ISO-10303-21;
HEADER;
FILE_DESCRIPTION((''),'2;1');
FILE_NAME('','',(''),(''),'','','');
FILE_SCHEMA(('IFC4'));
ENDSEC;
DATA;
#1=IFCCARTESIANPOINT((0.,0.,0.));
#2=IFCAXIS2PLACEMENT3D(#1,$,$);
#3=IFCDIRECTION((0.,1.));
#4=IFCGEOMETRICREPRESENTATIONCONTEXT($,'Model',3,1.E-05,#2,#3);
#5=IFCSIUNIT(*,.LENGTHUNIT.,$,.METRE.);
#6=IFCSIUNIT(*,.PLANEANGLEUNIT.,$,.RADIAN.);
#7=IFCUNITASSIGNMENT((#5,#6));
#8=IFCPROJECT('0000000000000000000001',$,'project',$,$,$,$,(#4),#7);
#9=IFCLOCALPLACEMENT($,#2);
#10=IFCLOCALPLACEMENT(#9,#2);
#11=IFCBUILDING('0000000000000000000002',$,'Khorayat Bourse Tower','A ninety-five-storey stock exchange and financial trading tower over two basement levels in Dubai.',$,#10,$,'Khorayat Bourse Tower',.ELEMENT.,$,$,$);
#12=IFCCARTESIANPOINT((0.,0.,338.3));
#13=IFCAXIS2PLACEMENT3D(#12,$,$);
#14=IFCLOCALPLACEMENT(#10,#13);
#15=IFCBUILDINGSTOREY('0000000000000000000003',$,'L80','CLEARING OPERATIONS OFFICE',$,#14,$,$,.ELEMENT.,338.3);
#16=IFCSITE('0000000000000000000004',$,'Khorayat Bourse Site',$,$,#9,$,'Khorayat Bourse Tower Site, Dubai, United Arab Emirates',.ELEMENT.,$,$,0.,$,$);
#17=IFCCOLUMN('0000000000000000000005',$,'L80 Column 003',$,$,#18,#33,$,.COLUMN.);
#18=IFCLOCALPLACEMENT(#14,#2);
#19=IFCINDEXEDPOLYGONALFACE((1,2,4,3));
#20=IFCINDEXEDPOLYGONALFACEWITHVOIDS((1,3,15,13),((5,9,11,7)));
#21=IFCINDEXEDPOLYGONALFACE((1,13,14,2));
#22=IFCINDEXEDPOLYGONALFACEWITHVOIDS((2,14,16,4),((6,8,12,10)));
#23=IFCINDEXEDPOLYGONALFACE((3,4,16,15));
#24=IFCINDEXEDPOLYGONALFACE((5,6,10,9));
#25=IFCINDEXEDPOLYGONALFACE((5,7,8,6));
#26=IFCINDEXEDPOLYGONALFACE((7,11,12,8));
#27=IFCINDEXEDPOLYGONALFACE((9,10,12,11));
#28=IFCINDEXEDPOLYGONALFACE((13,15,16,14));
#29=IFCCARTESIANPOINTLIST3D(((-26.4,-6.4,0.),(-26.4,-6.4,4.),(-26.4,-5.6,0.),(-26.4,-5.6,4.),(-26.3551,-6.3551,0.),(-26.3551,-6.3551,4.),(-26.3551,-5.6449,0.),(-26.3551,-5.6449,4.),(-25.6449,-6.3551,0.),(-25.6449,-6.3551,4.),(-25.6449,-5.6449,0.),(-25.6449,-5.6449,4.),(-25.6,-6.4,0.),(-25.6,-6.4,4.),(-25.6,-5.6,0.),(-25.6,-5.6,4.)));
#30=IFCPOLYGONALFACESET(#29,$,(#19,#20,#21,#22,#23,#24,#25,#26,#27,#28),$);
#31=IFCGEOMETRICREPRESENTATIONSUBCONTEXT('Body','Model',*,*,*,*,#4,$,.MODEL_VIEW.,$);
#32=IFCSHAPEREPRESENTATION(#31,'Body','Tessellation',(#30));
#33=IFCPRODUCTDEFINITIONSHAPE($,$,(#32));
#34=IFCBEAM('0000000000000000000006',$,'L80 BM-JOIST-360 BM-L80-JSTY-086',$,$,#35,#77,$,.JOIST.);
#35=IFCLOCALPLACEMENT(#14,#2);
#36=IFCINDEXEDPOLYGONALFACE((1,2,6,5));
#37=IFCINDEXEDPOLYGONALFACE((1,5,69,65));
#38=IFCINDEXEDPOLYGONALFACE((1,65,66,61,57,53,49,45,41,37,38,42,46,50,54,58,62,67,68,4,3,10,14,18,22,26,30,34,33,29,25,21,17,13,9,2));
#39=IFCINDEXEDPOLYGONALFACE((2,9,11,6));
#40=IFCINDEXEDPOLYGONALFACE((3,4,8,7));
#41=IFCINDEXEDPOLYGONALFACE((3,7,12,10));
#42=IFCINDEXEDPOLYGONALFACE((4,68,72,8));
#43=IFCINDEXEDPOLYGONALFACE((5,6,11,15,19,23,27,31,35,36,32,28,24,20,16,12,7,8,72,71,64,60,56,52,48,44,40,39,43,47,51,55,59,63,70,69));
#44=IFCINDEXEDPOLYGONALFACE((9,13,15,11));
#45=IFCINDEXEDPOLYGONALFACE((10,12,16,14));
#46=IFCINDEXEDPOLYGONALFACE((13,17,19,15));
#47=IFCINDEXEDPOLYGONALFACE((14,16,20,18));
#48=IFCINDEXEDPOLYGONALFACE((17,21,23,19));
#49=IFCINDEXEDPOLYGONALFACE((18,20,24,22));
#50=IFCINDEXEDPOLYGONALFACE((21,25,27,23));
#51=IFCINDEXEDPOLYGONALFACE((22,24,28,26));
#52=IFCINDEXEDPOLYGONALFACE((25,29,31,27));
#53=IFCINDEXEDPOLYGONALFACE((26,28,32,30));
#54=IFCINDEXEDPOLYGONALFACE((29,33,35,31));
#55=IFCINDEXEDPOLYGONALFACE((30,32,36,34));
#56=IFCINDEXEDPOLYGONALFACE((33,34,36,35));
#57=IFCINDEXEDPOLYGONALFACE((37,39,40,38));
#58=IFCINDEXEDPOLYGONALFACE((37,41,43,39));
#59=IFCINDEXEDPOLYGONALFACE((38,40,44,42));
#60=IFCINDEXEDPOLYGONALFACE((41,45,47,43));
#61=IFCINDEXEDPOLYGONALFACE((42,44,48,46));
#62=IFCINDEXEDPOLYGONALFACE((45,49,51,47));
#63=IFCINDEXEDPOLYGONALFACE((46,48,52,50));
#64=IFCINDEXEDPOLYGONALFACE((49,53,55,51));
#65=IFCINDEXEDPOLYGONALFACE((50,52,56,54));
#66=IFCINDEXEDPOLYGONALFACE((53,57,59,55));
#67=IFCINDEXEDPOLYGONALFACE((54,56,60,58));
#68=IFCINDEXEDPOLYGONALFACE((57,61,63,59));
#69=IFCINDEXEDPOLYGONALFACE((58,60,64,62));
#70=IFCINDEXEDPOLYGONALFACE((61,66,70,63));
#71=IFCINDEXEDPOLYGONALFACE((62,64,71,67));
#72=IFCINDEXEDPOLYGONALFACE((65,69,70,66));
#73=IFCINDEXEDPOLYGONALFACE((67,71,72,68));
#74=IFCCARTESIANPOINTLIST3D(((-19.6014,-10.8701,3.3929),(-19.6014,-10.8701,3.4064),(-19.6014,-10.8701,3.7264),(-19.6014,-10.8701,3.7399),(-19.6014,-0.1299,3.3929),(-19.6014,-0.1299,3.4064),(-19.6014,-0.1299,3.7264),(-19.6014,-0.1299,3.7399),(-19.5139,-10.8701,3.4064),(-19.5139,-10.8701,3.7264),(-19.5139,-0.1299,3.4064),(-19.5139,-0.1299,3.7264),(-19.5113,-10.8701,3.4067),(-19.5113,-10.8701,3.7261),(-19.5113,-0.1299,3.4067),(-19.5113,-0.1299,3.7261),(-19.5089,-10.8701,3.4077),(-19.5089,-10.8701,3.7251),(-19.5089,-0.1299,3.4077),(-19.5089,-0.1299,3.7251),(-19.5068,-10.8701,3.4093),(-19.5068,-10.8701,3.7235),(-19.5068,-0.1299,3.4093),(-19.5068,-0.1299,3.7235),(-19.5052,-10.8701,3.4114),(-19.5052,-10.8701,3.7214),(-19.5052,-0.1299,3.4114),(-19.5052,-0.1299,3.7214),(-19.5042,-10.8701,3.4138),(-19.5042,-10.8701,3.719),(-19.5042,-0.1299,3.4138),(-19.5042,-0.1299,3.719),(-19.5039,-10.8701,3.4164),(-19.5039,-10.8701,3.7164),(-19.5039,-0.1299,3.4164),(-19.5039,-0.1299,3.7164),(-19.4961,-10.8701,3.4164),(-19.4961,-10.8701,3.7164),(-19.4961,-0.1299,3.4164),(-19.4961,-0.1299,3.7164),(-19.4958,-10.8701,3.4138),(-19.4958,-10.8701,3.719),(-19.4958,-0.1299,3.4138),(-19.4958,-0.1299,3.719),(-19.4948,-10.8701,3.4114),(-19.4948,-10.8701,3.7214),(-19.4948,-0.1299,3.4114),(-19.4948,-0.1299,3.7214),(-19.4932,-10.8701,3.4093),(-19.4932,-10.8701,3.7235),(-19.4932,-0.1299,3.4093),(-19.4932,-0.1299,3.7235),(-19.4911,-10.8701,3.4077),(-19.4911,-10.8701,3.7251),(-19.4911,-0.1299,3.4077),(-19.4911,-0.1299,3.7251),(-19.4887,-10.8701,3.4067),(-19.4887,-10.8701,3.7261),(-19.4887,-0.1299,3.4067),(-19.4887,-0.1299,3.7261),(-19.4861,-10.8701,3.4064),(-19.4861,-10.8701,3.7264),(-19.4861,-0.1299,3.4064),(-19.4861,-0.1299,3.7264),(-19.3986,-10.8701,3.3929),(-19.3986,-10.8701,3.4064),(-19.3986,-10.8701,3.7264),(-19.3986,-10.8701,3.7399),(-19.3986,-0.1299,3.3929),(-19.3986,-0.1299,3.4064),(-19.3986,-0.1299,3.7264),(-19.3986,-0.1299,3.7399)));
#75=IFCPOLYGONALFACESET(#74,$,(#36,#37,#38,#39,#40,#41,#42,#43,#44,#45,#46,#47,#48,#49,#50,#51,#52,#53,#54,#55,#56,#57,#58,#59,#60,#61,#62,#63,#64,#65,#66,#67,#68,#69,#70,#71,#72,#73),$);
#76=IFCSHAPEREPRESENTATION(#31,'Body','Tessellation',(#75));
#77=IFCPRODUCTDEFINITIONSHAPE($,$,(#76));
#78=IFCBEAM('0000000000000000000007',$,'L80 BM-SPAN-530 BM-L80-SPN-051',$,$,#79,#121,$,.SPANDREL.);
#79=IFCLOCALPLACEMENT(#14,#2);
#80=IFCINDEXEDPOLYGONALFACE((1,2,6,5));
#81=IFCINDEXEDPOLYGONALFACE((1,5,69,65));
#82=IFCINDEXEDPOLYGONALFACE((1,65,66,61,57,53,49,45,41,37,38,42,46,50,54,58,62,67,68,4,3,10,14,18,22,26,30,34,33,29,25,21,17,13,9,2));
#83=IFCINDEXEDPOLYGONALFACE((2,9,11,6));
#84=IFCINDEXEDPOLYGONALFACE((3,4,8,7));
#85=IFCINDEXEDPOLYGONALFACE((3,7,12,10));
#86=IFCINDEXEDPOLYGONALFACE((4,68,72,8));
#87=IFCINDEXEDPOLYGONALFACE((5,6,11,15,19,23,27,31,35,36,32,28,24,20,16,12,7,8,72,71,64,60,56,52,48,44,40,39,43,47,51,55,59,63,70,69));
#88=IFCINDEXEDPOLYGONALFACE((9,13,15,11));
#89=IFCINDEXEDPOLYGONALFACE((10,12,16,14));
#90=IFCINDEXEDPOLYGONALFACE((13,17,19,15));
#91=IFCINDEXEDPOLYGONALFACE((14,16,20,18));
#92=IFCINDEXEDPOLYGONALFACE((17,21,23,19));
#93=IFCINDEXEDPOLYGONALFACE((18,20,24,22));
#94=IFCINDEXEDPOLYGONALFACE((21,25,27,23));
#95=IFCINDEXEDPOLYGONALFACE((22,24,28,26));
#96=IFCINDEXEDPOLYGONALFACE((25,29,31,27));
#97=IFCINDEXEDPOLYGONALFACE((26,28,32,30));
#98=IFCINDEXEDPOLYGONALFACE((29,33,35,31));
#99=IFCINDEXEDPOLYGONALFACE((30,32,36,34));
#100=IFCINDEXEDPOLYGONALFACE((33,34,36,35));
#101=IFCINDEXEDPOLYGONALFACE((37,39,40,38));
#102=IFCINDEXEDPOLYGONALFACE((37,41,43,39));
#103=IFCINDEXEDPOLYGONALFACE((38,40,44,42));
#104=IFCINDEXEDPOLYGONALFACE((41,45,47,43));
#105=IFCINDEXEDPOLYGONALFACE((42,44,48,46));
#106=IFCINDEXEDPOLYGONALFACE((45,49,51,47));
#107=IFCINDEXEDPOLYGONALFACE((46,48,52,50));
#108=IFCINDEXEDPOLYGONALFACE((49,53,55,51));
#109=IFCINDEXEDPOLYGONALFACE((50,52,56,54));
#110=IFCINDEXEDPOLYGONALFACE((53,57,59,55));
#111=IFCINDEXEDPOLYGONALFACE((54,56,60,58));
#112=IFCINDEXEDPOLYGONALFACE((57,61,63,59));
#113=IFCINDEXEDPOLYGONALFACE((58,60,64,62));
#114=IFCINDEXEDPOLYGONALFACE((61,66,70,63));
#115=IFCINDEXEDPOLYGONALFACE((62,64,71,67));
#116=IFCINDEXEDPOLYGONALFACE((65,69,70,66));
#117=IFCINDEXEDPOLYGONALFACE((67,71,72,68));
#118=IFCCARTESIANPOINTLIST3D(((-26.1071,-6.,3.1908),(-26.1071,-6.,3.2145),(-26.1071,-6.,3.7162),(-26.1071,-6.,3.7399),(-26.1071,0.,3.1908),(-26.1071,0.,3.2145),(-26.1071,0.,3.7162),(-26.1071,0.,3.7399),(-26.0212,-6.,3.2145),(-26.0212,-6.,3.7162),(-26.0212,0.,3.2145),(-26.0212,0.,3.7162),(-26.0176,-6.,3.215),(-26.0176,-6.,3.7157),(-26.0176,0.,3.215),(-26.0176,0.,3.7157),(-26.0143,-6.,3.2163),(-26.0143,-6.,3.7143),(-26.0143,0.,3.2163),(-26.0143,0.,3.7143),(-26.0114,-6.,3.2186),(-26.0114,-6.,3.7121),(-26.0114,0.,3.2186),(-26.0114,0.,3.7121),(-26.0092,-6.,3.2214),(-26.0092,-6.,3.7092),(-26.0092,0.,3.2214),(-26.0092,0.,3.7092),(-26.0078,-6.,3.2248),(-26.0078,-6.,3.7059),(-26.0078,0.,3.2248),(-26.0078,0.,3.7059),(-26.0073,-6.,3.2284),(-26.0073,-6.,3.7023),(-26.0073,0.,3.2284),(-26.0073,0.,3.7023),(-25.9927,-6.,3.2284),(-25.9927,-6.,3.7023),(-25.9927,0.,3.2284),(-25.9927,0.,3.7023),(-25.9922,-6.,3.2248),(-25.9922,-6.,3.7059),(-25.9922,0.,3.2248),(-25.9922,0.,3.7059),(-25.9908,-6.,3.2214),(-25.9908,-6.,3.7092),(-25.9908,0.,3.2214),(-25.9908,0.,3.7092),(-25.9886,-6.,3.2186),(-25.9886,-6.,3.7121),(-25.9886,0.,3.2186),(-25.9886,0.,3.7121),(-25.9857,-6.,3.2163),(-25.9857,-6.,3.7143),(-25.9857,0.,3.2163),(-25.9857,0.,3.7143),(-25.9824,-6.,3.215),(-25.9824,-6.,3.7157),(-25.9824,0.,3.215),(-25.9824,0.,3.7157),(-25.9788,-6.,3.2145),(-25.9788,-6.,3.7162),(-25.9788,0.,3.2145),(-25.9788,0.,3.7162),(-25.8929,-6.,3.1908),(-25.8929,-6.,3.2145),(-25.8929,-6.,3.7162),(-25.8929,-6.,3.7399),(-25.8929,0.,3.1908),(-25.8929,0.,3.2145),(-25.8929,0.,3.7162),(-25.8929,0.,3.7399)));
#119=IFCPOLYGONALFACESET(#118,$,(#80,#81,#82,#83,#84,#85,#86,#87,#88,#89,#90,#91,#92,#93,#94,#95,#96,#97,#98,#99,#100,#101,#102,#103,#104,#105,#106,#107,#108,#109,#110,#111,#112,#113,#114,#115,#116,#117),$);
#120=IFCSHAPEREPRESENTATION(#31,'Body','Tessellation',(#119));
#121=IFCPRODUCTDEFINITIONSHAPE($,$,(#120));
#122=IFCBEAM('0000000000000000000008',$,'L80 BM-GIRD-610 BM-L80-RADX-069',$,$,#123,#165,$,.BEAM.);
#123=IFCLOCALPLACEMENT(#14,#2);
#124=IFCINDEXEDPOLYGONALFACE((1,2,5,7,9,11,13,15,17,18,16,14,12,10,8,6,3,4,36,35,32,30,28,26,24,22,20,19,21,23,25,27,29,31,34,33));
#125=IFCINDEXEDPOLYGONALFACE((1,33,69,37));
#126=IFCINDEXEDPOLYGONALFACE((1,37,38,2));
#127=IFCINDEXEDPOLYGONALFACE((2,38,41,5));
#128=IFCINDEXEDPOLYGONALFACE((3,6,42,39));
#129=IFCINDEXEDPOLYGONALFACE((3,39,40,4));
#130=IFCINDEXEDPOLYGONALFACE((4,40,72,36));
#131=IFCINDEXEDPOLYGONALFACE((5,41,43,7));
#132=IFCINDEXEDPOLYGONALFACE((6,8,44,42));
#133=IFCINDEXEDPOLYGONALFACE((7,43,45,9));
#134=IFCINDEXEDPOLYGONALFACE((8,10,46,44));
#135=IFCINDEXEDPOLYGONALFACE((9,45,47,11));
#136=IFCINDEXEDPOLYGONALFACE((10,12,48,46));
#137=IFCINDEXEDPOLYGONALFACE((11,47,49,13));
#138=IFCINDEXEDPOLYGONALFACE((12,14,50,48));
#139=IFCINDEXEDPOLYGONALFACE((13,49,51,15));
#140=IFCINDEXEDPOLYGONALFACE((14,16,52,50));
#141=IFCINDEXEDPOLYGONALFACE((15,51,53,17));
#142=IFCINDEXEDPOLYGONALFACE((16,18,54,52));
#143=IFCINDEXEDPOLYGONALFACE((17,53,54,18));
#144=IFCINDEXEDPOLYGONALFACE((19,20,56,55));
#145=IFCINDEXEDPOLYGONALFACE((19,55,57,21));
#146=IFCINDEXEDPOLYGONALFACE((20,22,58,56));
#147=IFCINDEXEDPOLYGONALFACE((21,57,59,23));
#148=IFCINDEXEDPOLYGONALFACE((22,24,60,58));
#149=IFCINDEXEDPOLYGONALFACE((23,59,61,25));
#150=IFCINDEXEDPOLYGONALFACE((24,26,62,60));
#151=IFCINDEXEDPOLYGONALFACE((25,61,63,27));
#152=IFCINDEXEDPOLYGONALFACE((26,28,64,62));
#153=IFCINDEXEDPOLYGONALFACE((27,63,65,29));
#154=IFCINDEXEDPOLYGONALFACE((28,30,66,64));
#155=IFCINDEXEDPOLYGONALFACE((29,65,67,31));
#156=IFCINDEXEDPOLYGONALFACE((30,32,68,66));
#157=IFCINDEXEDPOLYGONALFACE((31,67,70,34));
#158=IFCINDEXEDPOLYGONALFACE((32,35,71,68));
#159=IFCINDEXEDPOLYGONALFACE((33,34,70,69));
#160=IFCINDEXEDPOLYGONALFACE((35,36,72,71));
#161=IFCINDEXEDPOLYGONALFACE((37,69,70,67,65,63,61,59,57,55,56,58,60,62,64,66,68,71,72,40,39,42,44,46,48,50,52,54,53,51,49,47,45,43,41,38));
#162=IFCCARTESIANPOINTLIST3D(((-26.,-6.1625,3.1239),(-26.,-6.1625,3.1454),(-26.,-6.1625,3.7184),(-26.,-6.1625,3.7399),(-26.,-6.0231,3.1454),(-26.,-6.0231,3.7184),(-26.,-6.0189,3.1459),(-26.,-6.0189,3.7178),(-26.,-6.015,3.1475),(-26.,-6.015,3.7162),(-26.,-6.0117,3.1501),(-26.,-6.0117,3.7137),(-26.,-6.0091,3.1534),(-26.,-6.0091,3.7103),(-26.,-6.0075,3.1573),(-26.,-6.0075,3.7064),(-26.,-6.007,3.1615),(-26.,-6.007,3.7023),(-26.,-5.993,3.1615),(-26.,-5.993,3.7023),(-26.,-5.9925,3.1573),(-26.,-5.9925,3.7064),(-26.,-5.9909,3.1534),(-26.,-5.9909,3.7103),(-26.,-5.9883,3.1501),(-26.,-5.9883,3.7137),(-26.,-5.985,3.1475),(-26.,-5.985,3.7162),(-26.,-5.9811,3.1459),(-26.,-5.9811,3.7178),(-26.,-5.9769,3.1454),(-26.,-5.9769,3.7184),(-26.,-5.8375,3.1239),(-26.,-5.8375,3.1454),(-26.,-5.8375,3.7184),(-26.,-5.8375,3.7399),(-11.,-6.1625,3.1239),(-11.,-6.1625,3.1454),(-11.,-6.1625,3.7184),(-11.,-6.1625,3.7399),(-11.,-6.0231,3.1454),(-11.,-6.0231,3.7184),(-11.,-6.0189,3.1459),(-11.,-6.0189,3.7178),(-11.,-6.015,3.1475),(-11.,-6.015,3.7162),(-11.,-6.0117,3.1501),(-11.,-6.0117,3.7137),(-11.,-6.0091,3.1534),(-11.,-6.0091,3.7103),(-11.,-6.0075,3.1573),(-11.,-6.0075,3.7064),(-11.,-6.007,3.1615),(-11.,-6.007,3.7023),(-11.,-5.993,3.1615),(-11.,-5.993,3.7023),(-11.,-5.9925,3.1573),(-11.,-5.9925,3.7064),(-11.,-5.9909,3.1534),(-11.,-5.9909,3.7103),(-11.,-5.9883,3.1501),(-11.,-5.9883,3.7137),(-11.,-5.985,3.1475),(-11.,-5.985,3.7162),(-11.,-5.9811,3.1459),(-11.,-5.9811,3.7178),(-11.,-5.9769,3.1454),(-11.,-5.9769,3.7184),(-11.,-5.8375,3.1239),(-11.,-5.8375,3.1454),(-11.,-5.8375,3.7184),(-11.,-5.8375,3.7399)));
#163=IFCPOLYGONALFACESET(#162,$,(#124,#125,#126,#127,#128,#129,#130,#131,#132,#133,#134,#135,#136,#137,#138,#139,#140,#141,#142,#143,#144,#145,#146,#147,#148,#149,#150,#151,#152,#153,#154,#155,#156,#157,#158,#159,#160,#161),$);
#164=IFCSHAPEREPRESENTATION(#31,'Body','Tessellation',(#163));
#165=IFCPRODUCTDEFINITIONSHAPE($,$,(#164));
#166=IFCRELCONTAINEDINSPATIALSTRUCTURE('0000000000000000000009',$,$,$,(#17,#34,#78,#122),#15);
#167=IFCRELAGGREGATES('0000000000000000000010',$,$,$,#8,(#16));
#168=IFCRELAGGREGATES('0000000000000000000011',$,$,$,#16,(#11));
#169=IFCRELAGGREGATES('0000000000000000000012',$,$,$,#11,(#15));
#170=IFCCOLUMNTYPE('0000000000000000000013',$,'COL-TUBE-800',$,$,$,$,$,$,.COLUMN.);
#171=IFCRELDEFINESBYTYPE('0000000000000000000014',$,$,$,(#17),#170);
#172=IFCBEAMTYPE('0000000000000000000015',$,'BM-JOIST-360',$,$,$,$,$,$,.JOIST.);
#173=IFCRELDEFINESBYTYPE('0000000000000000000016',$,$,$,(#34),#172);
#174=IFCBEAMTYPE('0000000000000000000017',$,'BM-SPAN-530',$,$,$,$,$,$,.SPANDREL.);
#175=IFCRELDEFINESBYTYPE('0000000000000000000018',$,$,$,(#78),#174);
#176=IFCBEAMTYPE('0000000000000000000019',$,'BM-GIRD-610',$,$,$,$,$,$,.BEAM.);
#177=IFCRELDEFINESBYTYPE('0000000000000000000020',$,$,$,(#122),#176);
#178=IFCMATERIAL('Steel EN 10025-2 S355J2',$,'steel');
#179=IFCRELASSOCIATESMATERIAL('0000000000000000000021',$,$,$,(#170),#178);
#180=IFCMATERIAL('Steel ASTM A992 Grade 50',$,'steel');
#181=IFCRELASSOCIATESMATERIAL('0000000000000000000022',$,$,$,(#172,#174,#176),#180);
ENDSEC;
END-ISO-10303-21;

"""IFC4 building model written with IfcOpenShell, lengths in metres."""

from ifc_helpers import new_model, si_unit, direction, frame, origin, origin_2d, place, context, subcontext, project, spatial, hollow_rectangle, i_section, extrude, source, transform, mapped, material, material_profile, profile_set, type_object, element, save


model = new_model("IFC4")

# Units and contexts
model_context = context("Model", 3, precision=1e-05, world=origin(), true_north=direction((0.0, 1.0)))
body_context = subcontext(model_context, "Body", "Model", "MODEL_VIEW")
ifc_project = project(units=[si_unit("LENGTHUNIT", "METRE"), si_unit("PLANEANGLEUNIT", "RADIAN")], contexts=[model_context])

# Site, building, storey
site_placement = place(None, origin())
site = spatial("IfcSite", under=ifc_project, at=site_placement, Name="Khorayat Bourse Site", LongName="Khorayat Bourse Tower Site, Dubai, United Arab Emirates", CompositionType="ELEMENT", RefElevation=0.0)
building_placement = place(site_placement, origin())
building = spatial("IfcBuilding", under=site, at=building_placement, Name="Khorayat Bourse Tower", Description="A ninety-five-storey stock exchange and financial trading tower over two basement levels in Dubai.", LongName="Khorayat Bourse Tower", CompositionType="ELEMENT")
storey_placement = place(building_placement, frame((0.0, 0.0, 338.3)))
storey = spatial("IfcBuildingStorey", under=building, at=storey_placement, Name="L80", Description="CLEARING OPERATIONS OFFICE", CompositionType="ELEMENT", Elevation=338.3)

# Column
ifc_material_1 = material(Name="Steel EN 10025-2 S355J2", Category="steel")
ifc_material_profile_1 = material_profile(ifc_material_1, hollow_rectangle(XDim=0.8, YDim=0.8, WallThickness=0.0449, at=origin_2d()), Name="BOX 800x800x45")
ifc_profile_set_1 = profile_set([ifc_material_profile_1], Name="Steel EN 10025-2 S355J2")
column_type = type_object("IfcColumnType", Name="COL-TUBE-800", PredefinedType="COLUMN", material=ifc_profile_set_1)
shared_shape_1 = source(origin(), body_context, "Body", "SweptSolid", [
    extrude(hollow_rectangle(XDim=0.8, YDim=0.8, WallThickness=0.0449, at=origin_2d()), origin(), (0.0, 0.0, 1.0), 4.0),
])
column_placement = place(storey_placement, frame((-26.0, -6.0, 0.0), z_axis=(0.0, 0.0, 1.0), x_axis=(1.0, 0.0, 0.0)))
element("IfcColumn", 1, at=column_placement, inside=storey, type_object=column_type, Name="L80 Column 003", PredefinedType="COLUMN", context=body_context, shape_type="MappedRepresentation", body=[
    mapped(shared_shape_1, transform((0.0, 0.0, 0.0), scale=1.0)),
])

# Beams
ifc_material_2 = material(Name="Steel ASTM A992 Grade 50", Category="steel")
ifc_material_profile_2 = material_profile(ifc_material_2, i_section(OverallWidth=0.2029, OverallDepth=0.3469, WebThickness=0.0078, FlangeThickness=0.0134, FilletRadius=0.01, at=origin_2d()), Name="W360X64")
ifc_profile_set_2 = profile_set([ifc_material_profile_2], Name="Steel ASTM A992 Grade 50")
beam_type_1 = type_object("IfcBeamType", Name="BM-JOIST-360", PredefinedType="JOIST", material=ifc_profile_set_2)
shared_shape_2 = source(origin(), body_context, "Body", "SweptSolid", [
    extrude(i_section(OverallWidth=0.2029, OverallDepth=0.3469, WebThickness=0.0078, FlangeThickness=0.0134, FilletRadius=0.01, at=origin_2d()), origin(), (0.0, 0.0, 1.0), 10.7402),
])
beam_1_placement = place(storey_placement, frame((-19.5, -10.8701, 3.5664), z_axis=(0.0, 1.0, 0.0), x_axis=(-1.0, 0.0, 0.0)))
element("IfcBeam", 2, at=beam_1_placement, inside=storey, type_object=beam_type_1, Name="L80 BM-JOIST-360 BM-L80-JSTY-086", PredefinedType="JOIST", context=body_context, shape_type="MappedRepresentation", body=[
    mapped(shared_shape_2, transform((0.0, 0.0, 0.0), scale=1.0)),
])
ifc_material_profile_3 = material_profile(ifc_material_2, i_section(OverallWidth=0.2141, OverallDepth=0.5491, WebThickness=0.0146, FlangeThickness=0.0237, FilletRadius=0.0139, at=origin_2d()), Name="W530X138")
ifc_profile_set_3 = profile_set([ifc_material_profile_3], Name="Steel ASTM A992 Grade 50")
beam_type_2 = type_object("IfcBeamType", Name="BM-SPAN-530", PredefinedType="SPANDREL", material=ifc_profile_set_3)
shared_shape_3 = source(origin(), body_context, "Body", "SweptSolid", [
    extrude(i_section(OverallWidth=0.2141, OverallDepth=0.5491, WebThickness=0.0146, FlangeThickness=0.0237, FilletRadius=0.0139, at=origin_2d()), origin(), (0.0, 0.0, 1.0), 6.0),
])
beam_2_placement = place(storey_placement, frame((-26.0, -6.0, 3.4653), z_axis=(0.0, 1.0, 0.0), x_axis=(-1.0, 0.0, 0.0)))
element("IfcBeam", 3, at=beam_2_placement, inside=storey, type_object=beam_type_2, Name="L80 BM-SPAN-530 BM-L80-SPN-051", PredefinedType="SPANDREL", context=body_context, shape_type="MappedRepresentation", body=[
    mapped(shared_shape_3, transform((0.0, 0.0, 0.0), scale=1.0)),
])
ifc_material_profile_4 = material_profile(ifc_material_2, i_section(OverallWidth=0.325, OverallDepth=0.616, WebThickness=0.0139, FlangeThickness=0.0215, FilletRadius=0.0161, at=origin_2d()), Name="W610X174")
ifc_profile_set_4 = profile_set([ifc_material_profile_4], Name="Steel ASTM A992 Grade 50")
beam_type_3 = type_object("IfcBeamType", Name="BM-GIRD-610", PredefinedType="BEAM", material=ifc_profile_set_4)
shared_shape_4 = source(origin(), body_context, "Body", "SweptSolid", [
    extrude(i_section(OverallWidth=0.325, OverallDepth=0.616, WebThickness=0.0139, FlangeThickness=0.0215, FilletRadius=0.0161, at=origin_2d()), origin(), (0.0, 0.0, 1.0), 15.0),
])
beam_3_placement = place(storey_placement, frame((-26.0, -6.0, 3.4319), z_axis=(1.0, 0.0, 0.0), x_axis=(0.0, 1.0, 0.0)))
element("IfcBeam", 4, at=beam_3_placement, inside=storey, type_object=beam_type_3, Name="L80 BM-GIRD-610 BM-L80-RADX-069", PredefinedType="BEAM", context=body_context, shape_type="MappedRepresentation", body=[
    mapped(shared_shape_4, transform((0.0, 0.0, 0.0), scale=1.0)),
])

save(model, "model.ifc")
